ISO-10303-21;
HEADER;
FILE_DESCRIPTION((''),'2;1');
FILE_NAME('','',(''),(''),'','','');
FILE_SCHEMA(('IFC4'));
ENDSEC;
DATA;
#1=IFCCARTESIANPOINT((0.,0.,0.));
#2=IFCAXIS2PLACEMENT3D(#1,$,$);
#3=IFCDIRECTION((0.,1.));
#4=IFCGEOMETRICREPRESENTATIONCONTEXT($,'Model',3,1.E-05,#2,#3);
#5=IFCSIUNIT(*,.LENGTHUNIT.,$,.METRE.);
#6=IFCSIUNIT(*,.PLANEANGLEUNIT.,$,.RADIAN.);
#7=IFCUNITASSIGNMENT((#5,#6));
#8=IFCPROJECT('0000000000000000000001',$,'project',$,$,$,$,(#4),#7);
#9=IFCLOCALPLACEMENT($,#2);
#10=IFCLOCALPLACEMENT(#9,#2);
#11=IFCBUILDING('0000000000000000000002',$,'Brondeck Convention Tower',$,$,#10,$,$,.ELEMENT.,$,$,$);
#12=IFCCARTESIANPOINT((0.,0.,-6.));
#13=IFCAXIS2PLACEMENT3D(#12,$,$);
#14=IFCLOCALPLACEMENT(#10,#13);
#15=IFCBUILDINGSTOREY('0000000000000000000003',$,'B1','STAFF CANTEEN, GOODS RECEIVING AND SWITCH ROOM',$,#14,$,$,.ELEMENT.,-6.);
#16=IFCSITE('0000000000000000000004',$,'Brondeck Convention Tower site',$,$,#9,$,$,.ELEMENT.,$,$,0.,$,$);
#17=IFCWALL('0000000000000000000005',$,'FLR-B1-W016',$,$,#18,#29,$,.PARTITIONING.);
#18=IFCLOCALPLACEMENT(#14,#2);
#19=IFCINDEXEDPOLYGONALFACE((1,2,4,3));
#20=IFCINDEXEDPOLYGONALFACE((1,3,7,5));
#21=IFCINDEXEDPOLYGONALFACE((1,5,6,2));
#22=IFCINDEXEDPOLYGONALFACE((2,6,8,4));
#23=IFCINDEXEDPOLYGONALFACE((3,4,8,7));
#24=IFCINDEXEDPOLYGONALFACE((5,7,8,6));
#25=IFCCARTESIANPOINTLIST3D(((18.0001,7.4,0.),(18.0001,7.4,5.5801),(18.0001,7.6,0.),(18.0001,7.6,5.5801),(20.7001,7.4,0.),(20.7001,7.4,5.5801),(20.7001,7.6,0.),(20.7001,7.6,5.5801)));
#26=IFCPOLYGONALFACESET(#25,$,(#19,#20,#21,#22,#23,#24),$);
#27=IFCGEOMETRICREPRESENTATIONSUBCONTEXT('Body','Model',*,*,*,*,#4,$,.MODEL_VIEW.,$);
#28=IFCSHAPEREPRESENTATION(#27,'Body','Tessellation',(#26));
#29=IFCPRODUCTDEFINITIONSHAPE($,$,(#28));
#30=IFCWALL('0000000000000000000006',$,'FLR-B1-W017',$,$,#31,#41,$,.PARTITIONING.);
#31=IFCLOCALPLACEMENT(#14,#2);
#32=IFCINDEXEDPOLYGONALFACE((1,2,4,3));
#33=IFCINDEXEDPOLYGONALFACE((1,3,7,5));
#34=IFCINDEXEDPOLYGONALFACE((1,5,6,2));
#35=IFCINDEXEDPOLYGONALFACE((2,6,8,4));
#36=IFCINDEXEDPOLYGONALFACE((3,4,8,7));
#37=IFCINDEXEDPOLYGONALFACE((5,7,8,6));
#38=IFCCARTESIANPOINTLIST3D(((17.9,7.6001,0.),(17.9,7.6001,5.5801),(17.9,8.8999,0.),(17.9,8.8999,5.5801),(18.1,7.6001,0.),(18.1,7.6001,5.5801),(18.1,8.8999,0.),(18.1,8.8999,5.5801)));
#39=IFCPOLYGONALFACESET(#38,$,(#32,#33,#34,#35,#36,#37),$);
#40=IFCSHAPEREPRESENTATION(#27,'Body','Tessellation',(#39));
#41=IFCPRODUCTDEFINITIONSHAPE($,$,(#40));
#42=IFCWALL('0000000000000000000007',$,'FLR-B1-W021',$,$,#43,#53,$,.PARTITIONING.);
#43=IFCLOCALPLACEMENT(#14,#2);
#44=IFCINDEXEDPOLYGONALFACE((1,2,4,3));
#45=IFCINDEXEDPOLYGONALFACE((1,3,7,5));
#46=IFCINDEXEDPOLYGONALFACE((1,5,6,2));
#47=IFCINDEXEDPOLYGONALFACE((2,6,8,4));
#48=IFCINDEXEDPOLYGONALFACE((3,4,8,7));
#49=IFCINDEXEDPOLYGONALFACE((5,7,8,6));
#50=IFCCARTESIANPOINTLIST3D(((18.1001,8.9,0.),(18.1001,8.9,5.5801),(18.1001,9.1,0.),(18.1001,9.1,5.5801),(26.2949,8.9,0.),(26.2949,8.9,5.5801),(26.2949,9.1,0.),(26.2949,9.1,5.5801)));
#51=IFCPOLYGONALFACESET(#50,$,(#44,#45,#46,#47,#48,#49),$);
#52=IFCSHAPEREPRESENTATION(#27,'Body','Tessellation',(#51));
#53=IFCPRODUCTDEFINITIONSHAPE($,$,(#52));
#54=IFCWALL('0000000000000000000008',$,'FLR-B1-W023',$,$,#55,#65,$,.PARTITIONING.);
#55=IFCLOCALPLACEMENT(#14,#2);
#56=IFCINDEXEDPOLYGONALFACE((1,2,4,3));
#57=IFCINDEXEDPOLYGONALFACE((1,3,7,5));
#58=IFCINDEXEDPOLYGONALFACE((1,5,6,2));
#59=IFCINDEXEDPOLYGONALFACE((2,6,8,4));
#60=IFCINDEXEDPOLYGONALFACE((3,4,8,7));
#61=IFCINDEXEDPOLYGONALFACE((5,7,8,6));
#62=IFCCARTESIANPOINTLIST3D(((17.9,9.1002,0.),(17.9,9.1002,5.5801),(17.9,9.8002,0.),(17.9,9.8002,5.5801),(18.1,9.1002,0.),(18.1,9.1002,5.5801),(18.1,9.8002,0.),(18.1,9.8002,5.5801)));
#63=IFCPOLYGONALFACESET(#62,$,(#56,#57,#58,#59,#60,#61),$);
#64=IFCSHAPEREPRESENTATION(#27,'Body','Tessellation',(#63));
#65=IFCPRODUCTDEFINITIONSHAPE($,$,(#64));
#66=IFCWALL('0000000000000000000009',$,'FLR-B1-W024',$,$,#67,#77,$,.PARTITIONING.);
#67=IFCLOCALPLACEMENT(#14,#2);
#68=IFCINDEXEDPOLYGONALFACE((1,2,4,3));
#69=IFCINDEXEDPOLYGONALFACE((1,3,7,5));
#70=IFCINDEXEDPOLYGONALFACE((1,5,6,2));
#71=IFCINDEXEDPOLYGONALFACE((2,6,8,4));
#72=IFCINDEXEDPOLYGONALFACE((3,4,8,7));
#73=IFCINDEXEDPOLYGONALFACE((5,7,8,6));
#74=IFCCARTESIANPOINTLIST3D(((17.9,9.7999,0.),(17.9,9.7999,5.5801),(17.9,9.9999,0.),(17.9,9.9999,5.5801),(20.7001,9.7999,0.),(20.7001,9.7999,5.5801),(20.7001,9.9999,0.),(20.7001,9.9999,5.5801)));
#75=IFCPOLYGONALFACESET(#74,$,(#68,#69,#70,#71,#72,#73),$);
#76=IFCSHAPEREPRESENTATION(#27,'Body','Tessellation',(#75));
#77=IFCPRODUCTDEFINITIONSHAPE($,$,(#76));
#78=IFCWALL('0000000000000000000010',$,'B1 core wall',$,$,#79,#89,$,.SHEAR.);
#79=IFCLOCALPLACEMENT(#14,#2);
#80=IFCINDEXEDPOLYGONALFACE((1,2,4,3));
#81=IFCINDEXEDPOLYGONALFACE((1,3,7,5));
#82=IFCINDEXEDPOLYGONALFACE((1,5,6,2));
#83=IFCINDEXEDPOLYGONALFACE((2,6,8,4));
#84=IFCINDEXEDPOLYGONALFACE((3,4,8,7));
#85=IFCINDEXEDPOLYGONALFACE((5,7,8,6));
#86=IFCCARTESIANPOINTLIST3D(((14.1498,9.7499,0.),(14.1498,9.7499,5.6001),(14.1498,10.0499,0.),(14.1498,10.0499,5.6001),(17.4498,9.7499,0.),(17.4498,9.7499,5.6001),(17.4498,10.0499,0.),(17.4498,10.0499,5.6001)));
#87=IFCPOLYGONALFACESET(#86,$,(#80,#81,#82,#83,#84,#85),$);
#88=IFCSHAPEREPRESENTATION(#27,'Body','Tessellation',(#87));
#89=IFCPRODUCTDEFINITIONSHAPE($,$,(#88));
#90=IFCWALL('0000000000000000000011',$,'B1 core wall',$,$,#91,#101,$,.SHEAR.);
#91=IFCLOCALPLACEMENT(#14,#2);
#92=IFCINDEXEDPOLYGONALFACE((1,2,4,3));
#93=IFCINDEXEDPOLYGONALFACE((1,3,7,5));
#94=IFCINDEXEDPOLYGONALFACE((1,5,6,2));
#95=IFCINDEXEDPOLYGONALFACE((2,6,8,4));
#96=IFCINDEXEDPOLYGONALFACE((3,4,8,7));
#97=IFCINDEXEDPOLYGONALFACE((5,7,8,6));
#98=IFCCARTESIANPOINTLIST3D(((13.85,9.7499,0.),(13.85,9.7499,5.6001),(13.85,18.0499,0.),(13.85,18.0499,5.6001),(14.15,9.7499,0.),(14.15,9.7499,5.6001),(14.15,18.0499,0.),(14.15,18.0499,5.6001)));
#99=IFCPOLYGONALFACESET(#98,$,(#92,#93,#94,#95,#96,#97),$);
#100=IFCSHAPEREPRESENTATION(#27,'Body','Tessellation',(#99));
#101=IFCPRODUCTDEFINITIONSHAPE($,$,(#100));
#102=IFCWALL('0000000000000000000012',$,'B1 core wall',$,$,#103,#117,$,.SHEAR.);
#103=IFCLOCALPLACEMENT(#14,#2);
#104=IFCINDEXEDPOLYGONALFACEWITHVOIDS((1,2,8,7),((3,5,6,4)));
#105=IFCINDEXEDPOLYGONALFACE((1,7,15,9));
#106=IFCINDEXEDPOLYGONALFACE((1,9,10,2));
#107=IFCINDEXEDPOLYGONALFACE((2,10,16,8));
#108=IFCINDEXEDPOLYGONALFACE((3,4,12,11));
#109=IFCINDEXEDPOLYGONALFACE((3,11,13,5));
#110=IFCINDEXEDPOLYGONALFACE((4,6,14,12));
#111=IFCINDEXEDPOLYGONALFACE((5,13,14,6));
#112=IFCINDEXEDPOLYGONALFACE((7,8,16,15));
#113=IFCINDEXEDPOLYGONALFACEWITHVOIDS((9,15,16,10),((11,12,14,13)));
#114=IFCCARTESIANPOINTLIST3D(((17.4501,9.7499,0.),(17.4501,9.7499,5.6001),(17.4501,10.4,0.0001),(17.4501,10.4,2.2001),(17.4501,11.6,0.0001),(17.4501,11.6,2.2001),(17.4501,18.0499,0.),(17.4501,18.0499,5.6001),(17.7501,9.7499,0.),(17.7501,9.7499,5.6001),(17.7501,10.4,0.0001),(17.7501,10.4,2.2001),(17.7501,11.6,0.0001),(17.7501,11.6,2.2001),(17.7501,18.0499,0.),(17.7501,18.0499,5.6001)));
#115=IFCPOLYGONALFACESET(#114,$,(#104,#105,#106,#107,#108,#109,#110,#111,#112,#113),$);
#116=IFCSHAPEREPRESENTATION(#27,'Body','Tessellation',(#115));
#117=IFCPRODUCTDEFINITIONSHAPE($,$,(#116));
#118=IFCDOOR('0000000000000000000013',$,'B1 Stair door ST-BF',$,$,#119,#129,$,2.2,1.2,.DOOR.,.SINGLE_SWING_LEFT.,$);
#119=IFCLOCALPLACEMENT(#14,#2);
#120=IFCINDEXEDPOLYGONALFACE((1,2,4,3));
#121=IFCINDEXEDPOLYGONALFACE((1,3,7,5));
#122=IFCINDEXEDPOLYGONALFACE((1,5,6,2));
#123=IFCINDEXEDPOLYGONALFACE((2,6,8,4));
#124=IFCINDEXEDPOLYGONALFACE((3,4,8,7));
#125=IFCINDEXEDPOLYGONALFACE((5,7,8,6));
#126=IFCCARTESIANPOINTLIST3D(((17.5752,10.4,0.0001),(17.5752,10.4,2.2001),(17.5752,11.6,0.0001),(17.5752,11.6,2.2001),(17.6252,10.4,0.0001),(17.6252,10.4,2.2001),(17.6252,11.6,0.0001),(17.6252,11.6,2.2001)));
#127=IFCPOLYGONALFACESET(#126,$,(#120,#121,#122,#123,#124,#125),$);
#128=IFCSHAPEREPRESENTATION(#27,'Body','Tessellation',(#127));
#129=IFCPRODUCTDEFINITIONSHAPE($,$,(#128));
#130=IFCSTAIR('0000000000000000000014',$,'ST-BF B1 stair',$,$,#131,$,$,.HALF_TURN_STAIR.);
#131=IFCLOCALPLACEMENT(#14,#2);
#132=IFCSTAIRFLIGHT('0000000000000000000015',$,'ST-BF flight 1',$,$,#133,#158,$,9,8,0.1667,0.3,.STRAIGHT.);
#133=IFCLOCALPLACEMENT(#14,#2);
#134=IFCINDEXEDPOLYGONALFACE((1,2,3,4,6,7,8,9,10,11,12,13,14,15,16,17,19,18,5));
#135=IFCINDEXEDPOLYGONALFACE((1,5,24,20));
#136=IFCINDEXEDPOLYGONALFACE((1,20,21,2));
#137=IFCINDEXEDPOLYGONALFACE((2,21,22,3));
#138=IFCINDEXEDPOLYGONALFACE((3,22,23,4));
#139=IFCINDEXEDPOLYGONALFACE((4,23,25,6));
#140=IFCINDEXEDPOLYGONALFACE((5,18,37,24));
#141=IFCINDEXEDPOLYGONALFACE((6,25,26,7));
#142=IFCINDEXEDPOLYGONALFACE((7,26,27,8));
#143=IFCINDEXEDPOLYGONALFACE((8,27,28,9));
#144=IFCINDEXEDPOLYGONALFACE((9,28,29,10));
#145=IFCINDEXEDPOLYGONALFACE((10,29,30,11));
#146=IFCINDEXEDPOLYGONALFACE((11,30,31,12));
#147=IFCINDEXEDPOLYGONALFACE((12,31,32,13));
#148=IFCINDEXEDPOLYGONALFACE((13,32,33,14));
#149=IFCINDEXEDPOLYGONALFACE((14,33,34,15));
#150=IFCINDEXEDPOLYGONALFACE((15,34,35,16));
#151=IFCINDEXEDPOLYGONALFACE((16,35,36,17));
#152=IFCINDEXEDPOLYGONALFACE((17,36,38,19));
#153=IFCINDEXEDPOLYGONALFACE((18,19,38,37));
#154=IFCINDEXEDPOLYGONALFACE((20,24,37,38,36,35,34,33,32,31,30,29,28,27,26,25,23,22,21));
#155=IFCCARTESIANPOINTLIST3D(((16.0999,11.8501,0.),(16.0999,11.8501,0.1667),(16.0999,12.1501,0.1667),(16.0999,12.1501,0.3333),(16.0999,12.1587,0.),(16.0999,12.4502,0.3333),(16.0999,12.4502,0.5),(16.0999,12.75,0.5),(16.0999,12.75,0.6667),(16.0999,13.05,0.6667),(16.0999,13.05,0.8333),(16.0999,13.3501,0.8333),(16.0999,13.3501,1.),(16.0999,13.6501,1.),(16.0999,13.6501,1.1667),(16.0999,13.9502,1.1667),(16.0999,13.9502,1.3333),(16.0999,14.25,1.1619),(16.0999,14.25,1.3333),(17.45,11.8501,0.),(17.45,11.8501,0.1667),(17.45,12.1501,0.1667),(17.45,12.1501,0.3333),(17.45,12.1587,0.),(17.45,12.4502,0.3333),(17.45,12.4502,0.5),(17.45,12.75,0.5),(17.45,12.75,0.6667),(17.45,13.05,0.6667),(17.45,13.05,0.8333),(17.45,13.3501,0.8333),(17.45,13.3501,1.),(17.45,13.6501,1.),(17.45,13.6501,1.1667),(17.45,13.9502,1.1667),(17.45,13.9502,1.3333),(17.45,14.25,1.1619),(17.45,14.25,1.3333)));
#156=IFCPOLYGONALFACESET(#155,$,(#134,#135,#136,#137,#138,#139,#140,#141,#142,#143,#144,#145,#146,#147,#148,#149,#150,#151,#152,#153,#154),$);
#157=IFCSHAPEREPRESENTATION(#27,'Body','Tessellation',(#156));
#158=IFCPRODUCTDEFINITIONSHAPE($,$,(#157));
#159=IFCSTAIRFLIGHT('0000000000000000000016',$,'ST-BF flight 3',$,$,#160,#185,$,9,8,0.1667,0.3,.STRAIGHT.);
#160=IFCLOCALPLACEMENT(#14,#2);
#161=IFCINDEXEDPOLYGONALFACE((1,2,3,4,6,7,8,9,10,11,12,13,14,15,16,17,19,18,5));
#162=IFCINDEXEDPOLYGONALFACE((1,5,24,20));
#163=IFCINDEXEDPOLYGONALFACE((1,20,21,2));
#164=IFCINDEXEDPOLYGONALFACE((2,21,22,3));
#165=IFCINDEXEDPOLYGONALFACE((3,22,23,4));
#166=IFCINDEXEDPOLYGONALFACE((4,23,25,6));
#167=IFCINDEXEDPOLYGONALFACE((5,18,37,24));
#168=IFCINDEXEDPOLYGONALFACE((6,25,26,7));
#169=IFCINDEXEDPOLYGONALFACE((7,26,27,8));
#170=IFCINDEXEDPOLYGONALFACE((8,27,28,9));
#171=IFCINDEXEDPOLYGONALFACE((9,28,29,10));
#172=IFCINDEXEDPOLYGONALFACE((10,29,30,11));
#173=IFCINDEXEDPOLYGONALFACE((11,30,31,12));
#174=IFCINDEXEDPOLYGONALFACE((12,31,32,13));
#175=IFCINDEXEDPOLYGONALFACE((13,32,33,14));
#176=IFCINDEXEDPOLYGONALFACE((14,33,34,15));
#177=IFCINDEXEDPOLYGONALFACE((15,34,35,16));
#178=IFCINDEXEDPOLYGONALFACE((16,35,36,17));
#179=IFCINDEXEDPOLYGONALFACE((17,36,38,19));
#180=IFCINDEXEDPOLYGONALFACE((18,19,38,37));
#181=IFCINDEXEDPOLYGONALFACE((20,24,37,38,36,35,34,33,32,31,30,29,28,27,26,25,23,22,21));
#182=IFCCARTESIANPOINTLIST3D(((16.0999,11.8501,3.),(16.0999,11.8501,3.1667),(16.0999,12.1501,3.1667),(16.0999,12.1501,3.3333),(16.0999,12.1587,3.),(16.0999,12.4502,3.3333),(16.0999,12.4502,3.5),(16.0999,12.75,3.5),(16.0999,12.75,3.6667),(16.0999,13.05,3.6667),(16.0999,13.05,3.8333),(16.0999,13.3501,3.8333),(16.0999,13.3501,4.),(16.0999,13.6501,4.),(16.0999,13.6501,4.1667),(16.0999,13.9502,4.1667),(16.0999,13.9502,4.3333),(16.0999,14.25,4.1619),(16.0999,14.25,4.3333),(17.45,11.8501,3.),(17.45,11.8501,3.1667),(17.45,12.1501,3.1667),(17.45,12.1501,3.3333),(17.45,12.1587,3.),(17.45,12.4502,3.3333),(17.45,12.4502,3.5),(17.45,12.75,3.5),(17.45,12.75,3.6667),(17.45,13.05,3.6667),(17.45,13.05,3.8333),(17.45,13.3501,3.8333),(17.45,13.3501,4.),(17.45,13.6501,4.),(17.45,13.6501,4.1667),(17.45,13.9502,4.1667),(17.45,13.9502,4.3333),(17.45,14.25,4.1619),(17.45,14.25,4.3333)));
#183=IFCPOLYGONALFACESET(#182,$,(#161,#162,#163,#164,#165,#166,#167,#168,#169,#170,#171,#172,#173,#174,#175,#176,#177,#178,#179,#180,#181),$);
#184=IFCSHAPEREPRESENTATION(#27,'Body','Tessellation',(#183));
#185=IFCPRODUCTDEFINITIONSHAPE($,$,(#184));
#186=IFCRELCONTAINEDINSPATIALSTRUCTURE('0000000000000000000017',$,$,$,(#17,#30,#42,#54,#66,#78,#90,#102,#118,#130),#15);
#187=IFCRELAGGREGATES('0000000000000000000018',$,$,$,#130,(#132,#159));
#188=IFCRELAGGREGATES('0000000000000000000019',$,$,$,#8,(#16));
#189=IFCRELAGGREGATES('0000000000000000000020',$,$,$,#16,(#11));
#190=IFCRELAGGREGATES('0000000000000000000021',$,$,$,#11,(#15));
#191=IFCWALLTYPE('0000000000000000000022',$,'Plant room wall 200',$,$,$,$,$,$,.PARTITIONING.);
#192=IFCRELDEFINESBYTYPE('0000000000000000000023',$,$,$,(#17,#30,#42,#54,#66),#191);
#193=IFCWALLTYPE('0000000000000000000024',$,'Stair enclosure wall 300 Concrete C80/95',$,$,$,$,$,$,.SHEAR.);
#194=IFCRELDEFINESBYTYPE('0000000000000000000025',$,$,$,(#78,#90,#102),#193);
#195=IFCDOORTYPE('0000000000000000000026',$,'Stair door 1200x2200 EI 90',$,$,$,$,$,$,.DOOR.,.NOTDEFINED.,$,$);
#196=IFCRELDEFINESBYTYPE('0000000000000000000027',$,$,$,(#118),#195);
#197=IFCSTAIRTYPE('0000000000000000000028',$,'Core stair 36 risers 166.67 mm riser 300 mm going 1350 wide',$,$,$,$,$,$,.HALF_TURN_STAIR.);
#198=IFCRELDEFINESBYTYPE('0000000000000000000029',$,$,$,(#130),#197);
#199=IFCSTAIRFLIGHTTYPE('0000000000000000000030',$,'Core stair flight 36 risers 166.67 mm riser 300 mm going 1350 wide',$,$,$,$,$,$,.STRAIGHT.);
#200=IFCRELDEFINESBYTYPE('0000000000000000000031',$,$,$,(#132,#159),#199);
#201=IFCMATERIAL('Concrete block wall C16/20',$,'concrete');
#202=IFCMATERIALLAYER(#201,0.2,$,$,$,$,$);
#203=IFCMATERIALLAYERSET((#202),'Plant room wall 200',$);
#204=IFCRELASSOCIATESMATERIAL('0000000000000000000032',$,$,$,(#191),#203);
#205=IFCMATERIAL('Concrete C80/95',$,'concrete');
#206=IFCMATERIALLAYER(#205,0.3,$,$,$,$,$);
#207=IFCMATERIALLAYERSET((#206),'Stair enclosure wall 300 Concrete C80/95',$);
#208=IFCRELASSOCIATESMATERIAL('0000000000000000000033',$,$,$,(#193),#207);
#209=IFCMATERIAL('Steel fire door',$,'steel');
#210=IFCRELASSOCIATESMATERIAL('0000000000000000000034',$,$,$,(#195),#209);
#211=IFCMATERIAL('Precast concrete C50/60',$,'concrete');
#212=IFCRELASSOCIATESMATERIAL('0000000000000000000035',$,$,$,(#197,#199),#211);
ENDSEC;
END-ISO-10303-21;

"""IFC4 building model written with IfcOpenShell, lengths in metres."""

from ifc_helpers import new_model, si_unit, direction, frame, frame_2d, origin, place, context, subcontext, project, spatial, polyline, rectangle, outline, extrude, material, layer, layer_set, type_object, element, fill, aggregate, save


model = new_model("IFC4")

# Units and contexts
model_context = context("Model", 3, precision=1e-05, world=origin(), true_north=direction((0.0, 1.0)))
body_context = subcontext(model_context, "Body", "Model", "MODEL_VIEW")
ifc_project = project(units=[si_unit("LENGTHUNIT", "METRE"), si_unit("PLANEANGLEUNIT", "RADIAN")], contexts=[model_context])

# Site, building, storey
site_placement = place(None, origin())
site = spatial("IfcSite", under=ifc_project, at=site_placement, Name="Brondeck Convention Tower site", CompositionType="ELEMENT", RefElevation=0.0)
building_placement = place(site_placement, origin())
building = spatial("IfcBuilding", under=site, at=building_placement, Name="Brondeck Convention Tower", CompositionType="ELEMENT")
storey_placement = place(building_placement, frame((0.0, 0.0, -6.0)))
storey = spatial("IfcBuildingStorey", under=building, at=storey_placement, Name="B1", Description="STAFF CANTEEN, GOODS RECEIVING AND SWITCH ROOM", CompositionType="ELEMENT", Elevation=-6.0)

# Walls
ifc_material_1 = material(Name="Concrete block wall C16/20", Category="concrete")
ifc_layer_1 = layer(ifc_material_1, 0.2)
ifc_layer_set_1 = layer_set([ifc_layer_1], Name="Plant room wall 200")
wall_type_1 = type_object("IfcWallType", Name="Plant room wall 200", PredefinedType="PARTITIONING", material=ifc_layer_set_1)
wall_1_placement = place(storey_placement, frame((18.0, 7.5, 0.0), z_axis=(0.0, 0.0, 1.0), x_axis=(1.0, 0.0, 0.0)))
element("IfcWall", 1, at=wall_1_placement, inside=storey, type_object=wall_type_1, Name="FLR-B1-W016", PredefinedType="PARTITIONING", context=body_context, shape_type="SweptSolid", body=[
    extrude(rectangle(XDim=2.7, YDim=0.2, at=frame_2d((1.3501, 0.0))), origin(), (0.0, 0.0, 1.0), 5.5801),
])
wall_2_placement = place(storey_placement, frame((18.0, 7.6001, 0.0), z_axis=(0.0, 0.0, 1.0), x_axis=(0.0, 1.0, 0.0)))
element("IfcWall", 2, at=wall_2_placement, inside=storey, type_object=wall_type_1, Name="FLR-B1-W017", PredefinedType="PARTITIONING", context=body_context, shape_type="SweptSolid", body=[
    extrude(rectangle(XDim=1.2998, YDim=0.2, at=frame_2d((0.6499, 0.0))), origin(), (0.0, 0.0, 1.0), 5.5801),
])
wall_3_placement = place(storey_placement, frame((18.1001, 9.0, 0.0), z_axis=(0.0, 0.0, 1.0), x_axis=(1.0, 0.0, 0.0)))
element("IfcWall", 3, at=wall_3_placement, inside=storey, type_object=wall_type_1, Name="FLR-B1-W021", PredefinedType="PARTITIONING", context=body_context, shape_type="SweptSolid", body=[
    extrude(rectangle(XDim=8.1948, YDim=0.2, at=frame_2d((4.0974, 0.0))), origin(), (0.0, 0.0, 1.0), 5.5801),
])
wall_4_placement = place(storey_placement, frame((18.0, 9.1001, 0.0), z_axis=(0.0, 0.0, 1.0), x_axis=(0.0, 1.0, 0.0)))
element("IfcWall", 4, at=wall_4_placement, inside=storey, type_object=wall_type_1, Name="FLR-B1-W023", PredefinedType="PARTITIONING", context=body_context, shape_type="SweptSolid", body=[
    extrude(rectangle(XDim=0.7, YDim=0.2, at=frame_2d((0.3501, 0.0))), origin(), (0.0, 0.0, 1.0), 5.5801),
])
wall_5_placement = place(storey_placement, frame((20.7, 9.8999, 0.0), z_axis=(0.0, 0.0, 1.0), x_axis=(-1.0, 0.0, 0.0)))
element("IfcWall", 5, at=wall_5_placement, inside=storey, type_object=wall_type_1, Name="FLR-B1-W024", PredefinedType="PARTITIONING", context=body_context, shape_type="SweptSolid", body=[
    extrude(rectangle(XDim=2.8, YDim=0.2, at=frame_2d((1.3999, 0.0))), origin(), (0.0, 0.0, 1.0), 5.5801),
])
ifc_material_2 = material(Name="Concrete C80/95", Category="concrete")
ifc_layer_2 = layer(ifc_material_2, 0.3)
ifc_layer_set_2 = layer_set([ifc_layer_2], Name="Stair enclosure wall 300 Concrete C80/95")
wall_type_2 = type_object("IfcWallType", Name="Stair enclosure wall 300 Concrete C80/95", PredefinedType="SHEAR", material=ifc_layer_set_2)
wall_6_placement = place(storey_placement, frame((14.1499, 9.8999, 0.0), z_axis=(0.0, 0.0, 1.0), x_axis=(1.0, 0.0, 0.0)))
element("IfcWall", 6, at=wall_6_placement, inside=storey, type_object=wall_type_2, Name="B1 core wall", PredefinedType="SHEAR", context=body_context, shape_type="SweptSolid", body=[
    extrude(rectangle(XDim=3.3, YDim=0.3, at=frame_2d((1.6499, 0.0))), origin(), (0.0, 0.0, 1.0), 5.6001),
])
wall_7_placement = place(storey_placement, frame((14.0, 9.75, 0.0), z_axis=(0.0, 0.0, 1.0), x_axis=(0.0, 1.0, 0.0)))
element("IfcWall", 7, at=wall_7_placement, inside=storey, type_object=wall_type_2, Name="B1 core wall", PredefinedType="SHEAR", context=body_context, shape_type="SweptSolid", body=[
    extrude(rectangle(XDim=8.3, YDim=0.3, at=frame_2d((4.1499, 0.0))), origin(), (0.0, 0.0, 1.0), 5.6001),
])

# Wall, opening, door
wall_8_placement = place(storey_placement, frame((17.6001, 9.75, 0.0), z_axis=(0.0, 0.0, 1.0), x_axis=(0.0, 1.0, 0.0)))
wall_8 = element("IfcWall", 8, at=wall_8_placement, inside=storey, type_object=wall_type_2, Name="B1 core wall", PredefinedType="SHEAR", context=body_context, shape_type="SweptSolid", body=[
    extrude(rectangle(XDim=8.3, YDim=0.3, at=frame_2d((4.1499, 0.0))), origin(), (0.0, 0.0, 1.0), 5.6001),
])
opening_placement = place(wall_8_placement, frame((0.6499, 0.0, 0.0)))
opening = element("IfcOpeningElement", 9, at=opening_placement, cuts=wall_8, PredefinedType="OPENING", context=body_context, shape_type="SweptSolid", body=[
    extrude(rectangle(XDim=1.2, YDim=2.2, at=frame_2d((0.6001, 1.1001))), frame((0.0, 0.1599, 0.0), z_axis=(0.0, -1.0, 0.0), x_axis=(1.0, 0.0, 0.0)), (0.0, 0.0, 1.0), 0.3201),
])
ifc_material_3 = material(Name="Steel fire door", Category="steel")
door_type = type_object("IfcDoorType", Name="Stair door 1200x2200 EI 90", OperationType="NOTDEFINED", PredefinedType="DOOR", material=ifc_material_3)
door_placement = place(opening_placement, origin())
door = element("IfcDoor", 10, at=door_placement, inside=storey, type_object=door_type, Name="B1 Stair door ST-BF", OperationType="SINGLE_SWING_LEFT", OverallHeight=2.2, OverallWidth=1.2, PredefinedType="DOOR", context=body_context, shape_type="SweptSolid", body=[
    extrude(rectangle(XDim=1.2, YDim=2.2, at=frame_2d((0.6001, 1.1001))), frame((0.0, 0.0249, 0.0), z_axis=(0.0, -1.0, 0.0), x_axis=(1.0, 0.0, 0.0)), (0.0, 0.0, 1.0), 0.05),
])
fill(opening, door)

# Stair, stair flights
ifc_material_4 = material(Name="Precast concrete C50/60", Category="concrete")
stair_type = type_object("IfcStairType", Name="Core stair 36 risers 166.67 mm riser 300 mm going 1350 wide", PredefinedType="HALF_TURN_STAIR", material=ifc_material_4)
stair_placement = place(storey_placement, origin())
stair = element("IfcStair", 11, at=stair_placement, inside=storey, type_object=stair_type, Name="ST-BF B1 stair", PredefinedType="HALF_TURN_STAIR")
stair_flight_type = type_object("IfcStairFlightType", Name="Core stair flight 36 risers 166.67 mm riser 300 mm going 1350 wide", PredefinedType="STRAIGHT", material=ifc_material_4)
stair_flight_1_placement = place(storey_placement, frame((16.7749, 11.8501, 0.0), z_axis=(0.0, 0.0, 1.0), x_axis=(0.0, 1.0, 0.0)))
stair_flight_1 = element("IfcStairFlight", 12, at=stair_flight_1_placement, type_object=stair_flight_type, Name="ST-BF flight 1", NumberOfRisers=9, NumberOfTreads=8, PredefinedType="STRAIGHT", RiserHeight=0.1667, TreadLength=0.3, context=body_context, shape_type="SweptSolid", body=[
    extrude(outline(polyline([(0.0, 0.0), (0.0, 0.1667), (0.3, 0.1667), (0.3, 0.3333), (0.6001, 0.3333), (0.6001, 0.5), (0.8999, 0.5), (0.8999, 0.6667), (1.2, 0.6667), (1.2, 0.8333), (1.5, 0.8333), (1.5, 1.0), (1.8, 1.0), (1.8, 1.1667), (2.1001, 1.1667), (2.1001, 1.3333), (2.3999, 1.3333), (2.3999, 1.5), (2.3999, 1.1619), (0.3086, 0.0), (0.0, 0.0)])), frame((0.0, 0.675, 0.0), z_axis=(0.0, -1.0, 0.0), x_axis=(1.0, 0.0, 0.0)), (0.0, 0.0, 1.0), 1.3501),
])
stair_flight_2_placement = place(storey_placement, frame((16.7749, 11.8501, 3.0), z_axis=(0.0, 0.0, 1.0), x_axis=(0.0, 1.0, 0.0)))
stair_flight_2 = element("IfcStairFlight", 13, at=stair_flight_2_placement, type_object=stair_flight_type, Name="ST-BF flight 3", NumberOfRisers=9, NumberOfTreads=8, PredefinedType="STRAIGHT", RiserHeight=0.1667, TreadLength=0.3, context=body_context, shape_type="SweptSolid", body=[
    extrude(outline(polyline([(0.0, 0.0), (0.0, 0.1667), (0.3, 0.1667), (0.3, 0.3333), (0.6001, 0.3333), (0.6001, 0.5), (0.8999, 0.5), (0.8999, 0.6667), (1.2, 0.6667), (1.2, 0.8333), (1.5, 0.8333), (1.5, 1.0), (1.8, 1.0), (1.8, 1.1667), (2.1001, 1.1667), (2.1001, 1.3333), (2.3999, 1.3333), (2.3999, 1.5), (2.3999, 1.1619), (0.3086, 0.0), (0.0, 0.0)])), frame((0.0, 0.675, 0.0), z_axis=(0.0, -1.0, 0.0), x_axis=(1.0, 0.0, 0.0)), (0.0, 0.0, 1.0), 1.3501),
])
aggregate(stair, [stair_flight_1, stair_flight_2])

save(model, "model.ifc")
